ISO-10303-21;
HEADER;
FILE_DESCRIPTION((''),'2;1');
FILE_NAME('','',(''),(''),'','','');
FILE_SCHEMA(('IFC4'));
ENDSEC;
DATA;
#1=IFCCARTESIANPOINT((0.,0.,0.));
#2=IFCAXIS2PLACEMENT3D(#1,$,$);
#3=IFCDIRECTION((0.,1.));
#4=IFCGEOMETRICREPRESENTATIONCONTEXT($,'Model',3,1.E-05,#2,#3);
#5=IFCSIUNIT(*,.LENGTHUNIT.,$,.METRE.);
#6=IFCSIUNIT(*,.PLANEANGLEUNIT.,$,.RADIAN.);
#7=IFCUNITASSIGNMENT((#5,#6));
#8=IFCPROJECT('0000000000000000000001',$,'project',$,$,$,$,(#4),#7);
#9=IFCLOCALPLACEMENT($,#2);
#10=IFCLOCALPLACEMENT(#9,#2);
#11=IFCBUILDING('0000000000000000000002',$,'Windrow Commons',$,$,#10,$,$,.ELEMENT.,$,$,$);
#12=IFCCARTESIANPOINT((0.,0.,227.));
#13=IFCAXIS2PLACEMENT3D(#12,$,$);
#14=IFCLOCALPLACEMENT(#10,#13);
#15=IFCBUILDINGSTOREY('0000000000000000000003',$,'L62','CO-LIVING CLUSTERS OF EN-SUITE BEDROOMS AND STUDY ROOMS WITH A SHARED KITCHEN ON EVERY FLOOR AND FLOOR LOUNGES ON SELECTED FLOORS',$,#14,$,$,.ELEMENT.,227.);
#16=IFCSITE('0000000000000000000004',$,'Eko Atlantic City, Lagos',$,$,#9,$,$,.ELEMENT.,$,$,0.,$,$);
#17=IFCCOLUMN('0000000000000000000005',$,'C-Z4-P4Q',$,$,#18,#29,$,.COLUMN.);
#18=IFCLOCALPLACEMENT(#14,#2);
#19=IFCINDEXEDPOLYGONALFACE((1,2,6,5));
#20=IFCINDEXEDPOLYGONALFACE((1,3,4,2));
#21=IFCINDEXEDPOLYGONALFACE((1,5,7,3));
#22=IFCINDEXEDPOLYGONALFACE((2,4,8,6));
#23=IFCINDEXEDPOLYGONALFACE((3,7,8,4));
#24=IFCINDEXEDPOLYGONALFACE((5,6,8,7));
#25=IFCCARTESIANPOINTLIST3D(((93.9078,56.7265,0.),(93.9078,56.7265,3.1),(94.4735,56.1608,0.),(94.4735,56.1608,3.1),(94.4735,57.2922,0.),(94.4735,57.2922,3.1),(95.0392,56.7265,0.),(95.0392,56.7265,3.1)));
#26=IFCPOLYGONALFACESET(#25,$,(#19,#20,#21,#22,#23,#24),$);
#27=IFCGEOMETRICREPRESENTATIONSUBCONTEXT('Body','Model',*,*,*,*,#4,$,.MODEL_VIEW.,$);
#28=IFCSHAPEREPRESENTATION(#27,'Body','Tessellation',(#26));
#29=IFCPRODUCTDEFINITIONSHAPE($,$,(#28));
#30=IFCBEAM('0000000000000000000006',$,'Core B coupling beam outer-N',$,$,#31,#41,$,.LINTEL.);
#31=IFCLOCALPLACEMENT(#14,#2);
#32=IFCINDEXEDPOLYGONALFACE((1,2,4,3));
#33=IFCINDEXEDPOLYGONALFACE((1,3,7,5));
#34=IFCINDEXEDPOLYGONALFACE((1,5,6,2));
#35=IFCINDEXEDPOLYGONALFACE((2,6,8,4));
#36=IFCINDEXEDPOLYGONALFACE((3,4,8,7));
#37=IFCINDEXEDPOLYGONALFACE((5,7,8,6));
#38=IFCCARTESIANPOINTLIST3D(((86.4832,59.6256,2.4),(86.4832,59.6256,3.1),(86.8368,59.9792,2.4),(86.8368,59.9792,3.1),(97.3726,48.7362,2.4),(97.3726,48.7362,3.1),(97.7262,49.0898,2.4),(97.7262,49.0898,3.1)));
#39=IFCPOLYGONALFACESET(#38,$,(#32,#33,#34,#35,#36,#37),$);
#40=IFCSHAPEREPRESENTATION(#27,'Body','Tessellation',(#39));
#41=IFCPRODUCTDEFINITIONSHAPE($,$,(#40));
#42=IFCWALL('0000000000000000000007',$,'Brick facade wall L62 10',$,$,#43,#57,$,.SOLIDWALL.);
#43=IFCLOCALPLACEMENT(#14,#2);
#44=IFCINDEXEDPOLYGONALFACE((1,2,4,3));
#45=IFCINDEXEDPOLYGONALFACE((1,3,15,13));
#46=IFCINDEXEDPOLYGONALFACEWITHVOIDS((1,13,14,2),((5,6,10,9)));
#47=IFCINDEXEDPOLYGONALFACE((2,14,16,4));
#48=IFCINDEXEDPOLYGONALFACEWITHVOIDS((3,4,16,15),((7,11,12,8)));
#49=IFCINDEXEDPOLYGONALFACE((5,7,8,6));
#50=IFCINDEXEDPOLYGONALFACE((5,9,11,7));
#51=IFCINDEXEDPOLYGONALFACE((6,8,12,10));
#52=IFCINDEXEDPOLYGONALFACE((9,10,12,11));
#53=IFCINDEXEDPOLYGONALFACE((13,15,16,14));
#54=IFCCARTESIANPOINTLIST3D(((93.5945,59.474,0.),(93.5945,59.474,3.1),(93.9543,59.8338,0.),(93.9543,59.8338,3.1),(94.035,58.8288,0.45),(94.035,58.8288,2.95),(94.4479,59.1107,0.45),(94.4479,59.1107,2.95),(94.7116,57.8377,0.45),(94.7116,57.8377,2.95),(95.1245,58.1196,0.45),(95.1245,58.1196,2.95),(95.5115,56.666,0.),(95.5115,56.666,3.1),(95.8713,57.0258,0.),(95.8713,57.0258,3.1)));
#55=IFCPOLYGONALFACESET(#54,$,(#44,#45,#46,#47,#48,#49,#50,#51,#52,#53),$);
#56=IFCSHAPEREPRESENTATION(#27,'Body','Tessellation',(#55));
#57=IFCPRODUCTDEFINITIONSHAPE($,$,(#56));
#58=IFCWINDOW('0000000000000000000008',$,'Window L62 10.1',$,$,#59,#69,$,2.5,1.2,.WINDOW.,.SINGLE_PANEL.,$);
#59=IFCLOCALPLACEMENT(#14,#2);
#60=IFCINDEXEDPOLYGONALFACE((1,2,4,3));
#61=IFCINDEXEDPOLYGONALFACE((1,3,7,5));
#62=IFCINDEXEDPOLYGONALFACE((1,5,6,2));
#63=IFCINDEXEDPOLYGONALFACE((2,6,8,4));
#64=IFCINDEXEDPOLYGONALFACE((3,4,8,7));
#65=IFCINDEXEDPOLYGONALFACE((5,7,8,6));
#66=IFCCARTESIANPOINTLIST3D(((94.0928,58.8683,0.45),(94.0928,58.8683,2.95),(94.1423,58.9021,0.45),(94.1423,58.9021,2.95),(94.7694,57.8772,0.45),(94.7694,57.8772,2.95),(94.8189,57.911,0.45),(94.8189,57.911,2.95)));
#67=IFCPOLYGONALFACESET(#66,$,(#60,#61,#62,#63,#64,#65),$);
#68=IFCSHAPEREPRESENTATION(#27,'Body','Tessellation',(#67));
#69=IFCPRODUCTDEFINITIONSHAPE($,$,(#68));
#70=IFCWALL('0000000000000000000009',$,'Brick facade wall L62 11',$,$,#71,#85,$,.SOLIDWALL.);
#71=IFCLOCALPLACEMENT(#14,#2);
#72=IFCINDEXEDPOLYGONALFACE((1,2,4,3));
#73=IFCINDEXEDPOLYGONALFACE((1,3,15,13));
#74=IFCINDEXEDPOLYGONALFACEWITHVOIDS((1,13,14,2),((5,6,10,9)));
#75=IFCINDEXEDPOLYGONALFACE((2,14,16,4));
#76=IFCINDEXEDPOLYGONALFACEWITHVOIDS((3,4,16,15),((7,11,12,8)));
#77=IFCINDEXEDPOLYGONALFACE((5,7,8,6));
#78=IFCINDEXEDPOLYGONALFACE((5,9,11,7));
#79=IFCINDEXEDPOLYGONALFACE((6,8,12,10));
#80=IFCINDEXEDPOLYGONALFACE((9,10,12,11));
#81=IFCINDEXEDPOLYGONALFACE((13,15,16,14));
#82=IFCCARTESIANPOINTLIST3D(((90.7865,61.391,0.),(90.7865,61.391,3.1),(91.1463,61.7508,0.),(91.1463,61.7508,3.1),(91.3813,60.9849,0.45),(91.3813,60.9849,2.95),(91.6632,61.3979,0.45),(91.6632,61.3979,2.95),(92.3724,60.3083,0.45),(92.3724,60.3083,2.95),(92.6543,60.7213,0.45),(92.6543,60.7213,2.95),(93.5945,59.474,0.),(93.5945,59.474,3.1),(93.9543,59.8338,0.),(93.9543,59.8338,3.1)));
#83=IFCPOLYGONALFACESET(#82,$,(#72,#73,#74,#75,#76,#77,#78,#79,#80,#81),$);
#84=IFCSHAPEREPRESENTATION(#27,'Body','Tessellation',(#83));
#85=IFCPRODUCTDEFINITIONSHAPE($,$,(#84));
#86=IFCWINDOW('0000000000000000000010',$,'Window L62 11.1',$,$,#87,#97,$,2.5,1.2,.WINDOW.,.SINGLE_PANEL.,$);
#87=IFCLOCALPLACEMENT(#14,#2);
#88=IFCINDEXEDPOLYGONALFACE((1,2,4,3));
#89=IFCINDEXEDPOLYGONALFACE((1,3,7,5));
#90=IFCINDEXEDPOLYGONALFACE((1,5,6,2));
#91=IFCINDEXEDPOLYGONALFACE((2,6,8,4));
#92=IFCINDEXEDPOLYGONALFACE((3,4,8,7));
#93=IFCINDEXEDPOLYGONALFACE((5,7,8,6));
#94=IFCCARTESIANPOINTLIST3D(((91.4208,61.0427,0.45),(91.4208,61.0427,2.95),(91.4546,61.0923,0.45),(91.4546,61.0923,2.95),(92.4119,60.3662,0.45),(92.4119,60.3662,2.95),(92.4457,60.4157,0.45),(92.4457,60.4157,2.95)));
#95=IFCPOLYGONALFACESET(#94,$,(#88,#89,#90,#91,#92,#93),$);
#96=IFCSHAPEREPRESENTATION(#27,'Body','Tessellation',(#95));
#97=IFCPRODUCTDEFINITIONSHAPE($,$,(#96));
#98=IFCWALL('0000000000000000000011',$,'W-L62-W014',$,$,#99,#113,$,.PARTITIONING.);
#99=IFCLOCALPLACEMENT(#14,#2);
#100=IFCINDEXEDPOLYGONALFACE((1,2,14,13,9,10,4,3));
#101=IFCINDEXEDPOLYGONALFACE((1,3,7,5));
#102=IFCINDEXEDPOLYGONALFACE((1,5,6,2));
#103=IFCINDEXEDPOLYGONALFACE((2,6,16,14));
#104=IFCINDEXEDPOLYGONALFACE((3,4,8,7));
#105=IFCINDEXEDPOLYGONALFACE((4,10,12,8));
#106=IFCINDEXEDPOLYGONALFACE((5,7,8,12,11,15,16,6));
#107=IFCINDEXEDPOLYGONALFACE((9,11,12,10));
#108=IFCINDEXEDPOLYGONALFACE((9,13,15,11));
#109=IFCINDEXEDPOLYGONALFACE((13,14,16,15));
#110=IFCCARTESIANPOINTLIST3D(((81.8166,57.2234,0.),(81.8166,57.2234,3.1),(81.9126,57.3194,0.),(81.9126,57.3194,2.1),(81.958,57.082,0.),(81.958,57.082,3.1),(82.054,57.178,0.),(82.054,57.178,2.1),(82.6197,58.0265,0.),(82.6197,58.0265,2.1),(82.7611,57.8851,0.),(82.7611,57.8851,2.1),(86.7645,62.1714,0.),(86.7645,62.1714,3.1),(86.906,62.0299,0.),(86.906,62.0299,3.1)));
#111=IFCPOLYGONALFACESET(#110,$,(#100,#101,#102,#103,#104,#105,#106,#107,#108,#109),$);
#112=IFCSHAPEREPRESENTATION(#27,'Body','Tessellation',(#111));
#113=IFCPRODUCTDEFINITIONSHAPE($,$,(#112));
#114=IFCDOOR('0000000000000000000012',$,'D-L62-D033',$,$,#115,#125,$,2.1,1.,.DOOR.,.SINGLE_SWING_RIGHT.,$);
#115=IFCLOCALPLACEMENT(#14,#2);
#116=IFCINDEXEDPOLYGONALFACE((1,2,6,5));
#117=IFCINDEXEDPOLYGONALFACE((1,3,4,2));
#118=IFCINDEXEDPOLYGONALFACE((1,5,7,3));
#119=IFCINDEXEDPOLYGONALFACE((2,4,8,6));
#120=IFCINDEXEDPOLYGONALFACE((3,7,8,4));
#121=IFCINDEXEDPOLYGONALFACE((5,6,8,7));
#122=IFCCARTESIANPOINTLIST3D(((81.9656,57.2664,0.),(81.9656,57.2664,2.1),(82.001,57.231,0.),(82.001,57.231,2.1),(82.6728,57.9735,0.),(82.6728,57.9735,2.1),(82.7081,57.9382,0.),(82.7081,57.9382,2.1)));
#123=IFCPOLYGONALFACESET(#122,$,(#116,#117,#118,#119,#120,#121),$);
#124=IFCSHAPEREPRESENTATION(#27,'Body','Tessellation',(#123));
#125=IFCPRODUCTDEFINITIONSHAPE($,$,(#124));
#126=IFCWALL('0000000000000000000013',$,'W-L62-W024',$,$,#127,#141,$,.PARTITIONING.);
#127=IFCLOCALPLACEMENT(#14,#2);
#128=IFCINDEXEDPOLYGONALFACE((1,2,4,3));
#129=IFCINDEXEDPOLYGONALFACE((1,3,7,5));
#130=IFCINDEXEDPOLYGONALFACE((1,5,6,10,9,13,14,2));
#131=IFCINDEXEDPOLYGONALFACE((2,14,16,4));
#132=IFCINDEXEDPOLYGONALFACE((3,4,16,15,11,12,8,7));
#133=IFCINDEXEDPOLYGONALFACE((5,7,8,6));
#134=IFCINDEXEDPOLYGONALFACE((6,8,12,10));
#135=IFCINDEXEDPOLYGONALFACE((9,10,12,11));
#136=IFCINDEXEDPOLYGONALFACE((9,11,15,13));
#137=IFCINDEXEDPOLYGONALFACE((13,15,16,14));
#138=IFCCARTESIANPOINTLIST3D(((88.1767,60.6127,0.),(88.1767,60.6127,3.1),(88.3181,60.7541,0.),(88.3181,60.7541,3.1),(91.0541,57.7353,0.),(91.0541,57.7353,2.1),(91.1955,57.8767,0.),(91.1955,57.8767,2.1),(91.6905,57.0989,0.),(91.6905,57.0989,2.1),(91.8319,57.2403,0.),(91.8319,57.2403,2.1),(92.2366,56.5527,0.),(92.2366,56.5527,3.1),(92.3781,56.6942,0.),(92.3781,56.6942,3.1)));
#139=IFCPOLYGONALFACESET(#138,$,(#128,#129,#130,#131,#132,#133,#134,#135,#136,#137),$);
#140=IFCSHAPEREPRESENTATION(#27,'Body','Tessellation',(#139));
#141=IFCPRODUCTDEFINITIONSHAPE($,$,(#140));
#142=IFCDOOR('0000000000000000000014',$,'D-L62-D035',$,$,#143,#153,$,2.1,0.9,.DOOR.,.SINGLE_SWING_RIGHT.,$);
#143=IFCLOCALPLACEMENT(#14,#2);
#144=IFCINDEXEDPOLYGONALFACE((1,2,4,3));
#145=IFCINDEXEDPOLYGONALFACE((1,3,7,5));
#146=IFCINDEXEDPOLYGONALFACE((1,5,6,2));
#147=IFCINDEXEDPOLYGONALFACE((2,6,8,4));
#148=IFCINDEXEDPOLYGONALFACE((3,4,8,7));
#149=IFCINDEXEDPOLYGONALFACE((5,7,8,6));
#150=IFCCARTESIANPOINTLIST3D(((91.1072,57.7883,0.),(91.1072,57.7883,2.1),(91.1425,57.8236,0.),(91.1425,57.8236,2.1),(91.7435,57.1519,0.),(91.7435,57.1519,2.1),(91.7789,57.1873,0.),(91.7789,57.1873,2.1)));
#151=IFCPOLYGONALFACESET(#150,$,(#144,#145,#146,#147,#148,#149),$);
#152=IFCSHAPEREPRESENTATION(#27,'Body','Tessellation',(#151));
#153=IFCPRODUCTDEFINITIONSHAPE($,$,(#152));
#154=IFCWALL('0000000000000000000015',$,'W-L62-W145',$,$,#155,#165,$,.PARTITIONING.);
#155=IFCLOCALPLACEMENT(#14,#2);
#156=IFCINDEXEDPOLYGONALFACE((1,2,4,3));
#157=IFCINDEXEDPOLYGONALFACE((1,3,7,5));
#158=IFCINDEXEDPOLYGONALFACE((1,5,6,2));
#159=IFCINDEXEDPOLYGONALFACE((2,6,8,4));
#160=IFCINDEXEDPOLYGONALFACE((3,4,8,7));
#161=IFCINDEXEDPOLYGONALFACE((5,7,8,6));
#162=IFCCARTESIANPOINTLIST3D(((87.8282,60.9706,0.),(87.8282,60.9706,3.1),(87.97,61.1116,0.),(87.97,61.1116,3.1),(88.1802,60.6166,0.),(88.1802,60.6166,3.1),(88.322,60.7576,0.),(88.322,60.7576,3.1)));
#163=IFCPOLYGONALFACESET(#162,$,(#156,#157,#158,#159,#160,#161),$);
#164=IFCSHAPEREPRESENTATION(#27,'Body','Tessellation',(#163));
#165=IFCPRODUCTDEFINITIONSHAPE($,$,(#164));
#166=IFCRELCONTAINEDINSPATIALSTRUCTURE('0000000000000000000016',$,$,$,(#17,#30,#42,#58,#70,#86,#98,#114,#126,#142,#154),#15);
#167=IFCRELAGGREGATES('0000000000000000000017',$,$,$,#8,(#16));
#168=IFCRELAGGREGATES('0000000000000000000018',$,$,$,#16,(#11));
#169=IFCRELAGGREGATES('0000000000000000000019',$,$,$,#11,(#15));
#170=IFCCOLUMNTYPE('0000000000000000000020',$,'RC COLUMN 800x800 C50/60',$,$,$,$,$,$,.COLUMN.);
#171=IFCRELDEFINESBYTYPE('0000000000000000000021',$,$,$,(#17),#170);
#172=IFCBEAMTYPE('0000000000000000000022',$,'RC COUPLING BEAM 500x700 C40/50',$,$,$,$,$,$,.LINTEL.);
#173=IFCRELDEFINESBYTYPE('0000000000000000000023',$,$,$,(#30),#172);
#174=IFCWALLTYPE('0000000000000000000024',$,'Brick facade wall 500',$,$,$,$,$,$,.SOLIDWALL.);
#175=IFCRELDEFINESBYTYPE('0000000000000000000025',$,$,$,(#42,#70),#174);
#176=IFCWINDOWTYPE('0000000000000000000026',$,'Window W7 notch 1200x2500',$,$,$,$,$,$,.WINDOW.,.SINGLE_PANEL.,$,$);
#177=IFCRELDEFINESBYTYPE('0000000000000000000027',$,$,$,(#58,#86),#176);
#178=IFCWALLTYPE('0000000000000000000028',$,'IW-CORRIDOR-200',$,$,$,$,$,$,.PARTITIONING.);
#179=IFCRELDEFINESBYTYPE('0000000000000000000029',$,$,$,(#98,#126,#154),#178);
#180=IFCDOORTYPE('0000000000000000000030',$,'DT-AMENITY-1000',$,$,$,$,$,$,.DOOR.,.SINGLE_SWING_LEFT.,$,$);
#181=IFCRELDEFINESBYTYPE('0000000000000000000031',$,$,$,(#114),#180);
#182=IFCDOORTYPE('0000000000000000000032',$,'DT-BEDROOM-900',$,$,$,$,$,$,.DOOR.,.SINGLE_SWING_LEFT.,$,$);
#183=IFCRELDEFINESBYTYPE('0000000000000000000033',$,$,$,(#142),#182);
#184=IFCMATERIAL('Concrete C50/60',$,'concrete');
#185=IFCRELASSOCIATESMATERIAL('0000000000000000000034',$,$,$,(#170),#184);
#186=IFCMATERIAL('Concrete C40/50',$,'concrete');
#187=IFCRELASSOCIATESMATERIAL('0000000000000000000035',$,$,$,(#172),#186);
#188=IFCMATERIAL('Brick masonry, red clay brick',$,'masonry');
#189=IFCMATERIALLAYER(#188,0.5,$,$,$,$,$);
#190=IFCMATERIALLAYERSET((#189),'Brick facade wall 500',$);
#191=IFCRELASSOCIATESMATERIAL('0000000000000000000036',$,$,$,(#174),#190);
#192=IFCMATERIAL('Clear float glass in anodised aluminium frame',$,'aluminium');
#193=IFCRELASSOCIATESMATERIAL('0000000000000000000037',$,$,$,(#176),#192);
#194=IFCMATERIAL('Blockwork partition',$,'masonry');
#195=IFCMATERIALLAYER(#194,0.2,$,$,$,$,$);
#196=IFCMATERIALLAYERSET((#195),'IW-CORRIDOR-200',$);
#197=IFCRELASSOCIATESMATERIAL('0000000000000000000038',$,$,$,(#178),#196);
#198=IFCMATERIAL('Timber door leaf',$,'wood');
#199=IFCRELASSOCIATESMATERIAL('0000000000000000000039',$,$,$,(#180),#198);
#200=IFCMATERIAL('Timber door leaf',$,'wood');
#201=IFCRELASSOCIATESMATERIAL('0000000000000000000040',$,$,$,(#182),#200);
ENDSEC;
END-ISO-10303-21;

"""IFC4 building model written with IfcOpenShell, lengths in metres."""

from ifc_helpers import new_model, si_unit, direction, frame, frame_2d, origin, origin_2d, place, context, subcontext, project, spatial, polyline, rectangle, outline, extrude, material, layer, layer_set, material_profile, profile_set, type_object, element, fill, save


model = new_model("IFC4")

# Units and contexts
model_context = context("Model", 3, precision=1e-05, world=origin(), true_north=direction((0.0, 1.0)))
body_context = subcontext(model_context, "Body", "Model", "MODEL_VIEW")
ifc_project = project(units=[si_unit("LENGTHUNIT", "METRE"), si_unit("PLANEANGLEUNIT", "RADIAN")], contexts=[model_context])

# Site, building, storey
site_placement = place(None, origin())
site = spatial("IfcSite", under=ifc_project, at=site_placement, Name="Eko Atlantic City, Lagos", CompositionType="ELEMENT", RefElevation=0.0)
building_placement = place(site_placement, origin())
building = spatial("IfcBuilding", under=site, at=building_placement, Name="Windrow Commons", CompositionType="ELEMENT")
storey_placement = place(building_placement, frame((0.0, 0.0, 227.0)))
storey = spatial("IfcBuildingStorey", under=building, at=storey_placement, Name="L62", Description="CO-LIVING CLUSTERS OF EN-SUITE BEDROOMS AND STUDY ROOMS WITH A SHARED KITCHEN ON EVERY FLOOR AND FLOOR LOUNGES ON SELECTED FLOORS", CompositionType="ELEMENT", Elevation=227.0)

# Column
ifc_material_1 = material(Name="Concrete C50/60", Category="concrete")
ifc_material_profile_1 = material_profile(ifc_material_1, rectangle(XDim=0.8, YDim=0.8, at=origin_2d()))
ifc_profile_set_1 = profile_set([ifc_material_profile_1], Name="Concrete C50/60")
column_type = type_object("IfcColumnType", Name="RC COLUMN 800x800 C50/60", PredefinedType="COLUMN", material=ifc_profile_set_1)
column_placement = place(storey_placement, frame((94.4735, 56.7265, 0.0), z_axis=(0.0, 0.0, 1.0), x_axis=(0.707107, -0.707107, 0.0)))
element("IfcColumn", 1, at=column_placement, inside=storey, type_object=column_type, Name="C-Z4-P4Q", PredefinedType="COLUMN", context=body_context, shape_type="SweptSolid", body=[
    extrude(rectangle(XDim=0.8, YDim=0.8, at=origin_2d()), origin(), (0.0, 0.0, 1.0), 3.1),
])

# Beam
ifc_material_2 = material(Name="Concrete C40/50", Category="concrete")
ifc_material_profile_2 = material_profile(ifc_material_2, rectangle(XDim=0.5, YDim=0.7, at=origin_2d()))
ifc_profile_set_2 = profile_set([ifc_material_profile_2], Name="Concrete C40/50")
beam_type = type_object("IfcBeamType", Name="RC COUPLING BEAM 500x700 C40/50", PredefinedType="LINTEL", material=ifc_profile_set_2)
beam_placement = place(storey_placement, frame((86.66, 59.8024, 2.75), z_axis=(0.707107, -0.707107, 0.0), x_axis=(0.707107, 0.707107, 0.0)))
element("IfcBeam", 2, at=beam_placement, inside=storey, type_object=beam_type, Name="Core B coupling beam outer-N", PredefinedType="LINTEL", context=body_context, shape_type="SweptSolid", body=[
    extrude(rectangle(XDim=0.5, YDim=0.7, at=origin_2d()), origin(), (0.0, 0.0, 1.0), 15.3999),
])

# Walls, openings, windows
ifc_material_3 = material(Name="Brick masonry, red clay brick", Category="masonry")
ifc_layer_1 = layer(ifc_material_3, 0.5)
ifc_layer_set_1 = layer_set([ifc_layer_1], Name="Brick facade wall 500")
wall_type_1 = type_object("IfcWallType", Name="Brick facade wall 500", PredefinedType="SOLIDWALL", material=ifc_layer_set_1)
wall_1_placement = place(storey_placement, frame((95.6914, 56.8459, 0.0), z_axis=(0.0, 0.0, 1.0), x_axis=(-0.56383, 0.825891, 0.0)))
wall_1 = element("IfcWall", 3, at=wall_1_placement, inside=storey, type_object=wall_type_1, Name="Brick facade wall L62 10", PredefinedType="SOLIDWALL", context=body_context, shape_type="SweptSolid", body=[
    extrude(outline(polyline([(0.0471, -0.25), (3.4471, -0.25), (3.3528, 0.25), (-0.0471, 0.25), (0.0471, -0.25)])), origin(), (0.0, 0.0, 1.0), 3.1),
])
opening_1_placement = place(wall_1_placement, frame((1.3716, 0.0, 0.45)))
opening_1 = element("IfcOpeningElement", 4, at=opening_1_placement, cuts=wall_1, PredefinedType="OPENING", context=body_context, shape_type="SweptSolid", body=[
    extrude(rectangle(XDim=1.2, YDim=2.5, at=frame_2d((0.6, 1.25))), frame((0.0, 0.26, 0.0), z_axis=(0.0, -1.0, 0.0), x_axis=(1.0, 0.0, 0.0)), (0.0, 0.0, 1.0), 0.52),
])
ifc_material_4 = material(Name="Clear float glass in anodised aluminium frame", Category="aluminium")
window_type = type_object("IfcWindowType", Name="Window W7 notch 1200x2500", PartitioningType="SINGLE_PANEL", PredefinedType="WINDOW", material=ifc_material_4)
window_1_placement = place(opening_1_placement, origin())
window_1 = element("IfcWindow", 5, at=window_1_placement, inside=storey, type_object=window_type, Name="Window L62 10.1", OverallHeight=2.5, OverallWidth=1.2, PartitioningType="SINGLE_PANEL", PredefinedType="WINDOW", context=body_context, shape_type="SweptSolid", body=[
    extrude(rectangle(XDim=1.2, YDim=2.5, at=frame_2d((0.6, 1.25))), frame((0.0, 0.18, 0.0), z_axis=(0.0, -1.0, 0.0), x_axis=(1.0, 0.0, 0.0)), (0.0, 0.0, 1.0), 0.06),
])
fill(opening_1, window_1)
wall_2_placement = place(storey_placement, frame((93.7744, 59.6539, 0.0), z_axis=(0.0, 0.0, 1.0), x_axis=(-0.825891, 0.56383, 0.0)))
wall_2 = element("IfcWall", 6, at=wall_2_placement, inside=storey, type_object=wall_type_1, Name="Brick facade wall L62 11", PredefinedType="SOLIDWALL", context=body_context, shape_type="SweptSolid", body=[
    extrude(outline(polyline([(-0.0471, -0.25), (3.3528, -0.25), (3.4471, 0.25), (0.0471, 0.25), (-0.0471, -0.25)])), origin(), (0.0, 0.0, 1.0), 3.1),
])
opening_2_placement = place(wall_2_placement, frame((1.5269, 0.0, 0.45)))
opening_2 = element("IfcOpeningElement", 7, at=opening_2_placement, cuts=wall_2, PredefinedType="OPENING", context=body_context, shape_type="SweptSolid", body=[
    extrude(rectangle(XDim=1.2, YDim=2.5, at=frame_2d((0.6, 1.25))), frame((0.0, 0.26, 0.0), z_axis=(0.0, -1.0, 0.0), x_axis=(1.0, 0.0, 0.0)), (0.0, 0.0, 1.0), 0.52),
])
window_2_placement = place(opening_2_placement, origin())
window_2 = element("IfcWindow", 8, at=window_2_placement, inside=storey, type_object=window_type, Name="Window L62 11.1", OverallHeight=2.5, OverallWidth=1.2, PartitioningType="SINGLE_PANEL", PredefinedType="WINDOW", context=body_context, shape_type="SweptSolid", body=[
    extrude(rectangle(XDim=1.2, YDim=2.5, at=frame_2d((0.6, 1.25))), frame((0.0, 0.18, 0.0), z_axis=(0.0, -1.0, 0.0), x_axis=(1.0, 0.0, 0.0)), (0.0, 0.0, 1.0), 0.06),
])
fill(opening_2, window_2)

# Walls, openings, doors
ifc_material_5 = material(Name="Blockwork partition", Category="masonry")
ifc_layer_2 = layer(ifc_material_5, 0.2)
ifc_layer_set_2 = layer_set([ifc_layer_2], Name="IW-CORRIDOR-200")
wall_type_2 = type_object("IfcWallType", Name="IW-CORRIDOR-200", PredefinedType="PARTITIONING", material=ifc_layer_set_2)
wall_3_placement = place(storey_placement, frame((81.8873, 57.1527, 0.0), z_axis=(0.0, 0.0, 1.0), x_axis=(0.707107, 0.707107, 0.0)))
wall_3 = element("IfcWall", 9, at=wall_3_placement, inside=storey, type_object=wall_type_2, Name="W-L62-W014", PredefinedType="PARTITIONING", context=body_context, shape_type="SweptSolid", body=[
    extrude(rectangle(XDim=6.9975, YDim=0.2, at=frame_2d((3.4987, 0.0))), origin(), (0.0, 0.0, 1.0), 3.1),
])
opening_3_placement = place(wall_3_placement, frame((0.1358, 0.0, 0.0)))
opening_3 = element("IfcOpeningElement", 10, at=opening_3_placement, cuts=wall_3, PredefinedType="OPENING", context=body_context, shape_type="SweptSolid", body=[
    extrude(rectangle(XDim=1.0, YDim=2.1, at=frame_2d((0.5, 1.05))), frame((0.0, 0.11, 0.0), z_axis=(0.0, -1.0, 0.0), x_axis=(1.0, 0.0, 0.0)), (0.0, 0.0, 1.0), 0.22),
])
ifc_material_6 = material(Name="Timber door leaf", Category="wood")
door_type_1 = type_object("IfcDoorType", Name="DT-AMENITY-1000", OperationType="SINGLE_SWING_LEFT", PredefinedType="DOOR", material=ifc_material_6)
door_1_placement = place(opening_3_placement, origin())
door_1 = element("IfcDoor", 11, at=door_1_placement, inside=storey, type_object=door_type_1, Name="D-L62-D033", OperationType="SINGLE_SWING_RIGHT", OverallHeight=2.1, OverallWidth=1.0, PredefinedType="DOOR", context=body_context, shape_type="SweptSolid", body=[
    extrude(rectangle(XDim=1.0, YDim=2.1, at=frame_2d((0.5, 1.05))), frame((0.0, 0.025, 0.0), z_axis=(0.0, -1.0, 0.0), x_axis=(1.0, 0.0, 0.0)), (0.0, 0.0, 1.0), 0.05),
])
fill(opening_3, door_1)
wall_4_placement = place(storey_placement, frame((88.2474, 60.6834, 0.0), z_axis=(0.0, 0.0, 1.0), x_axis=(0.707107, -0.707107, 0.0)))
wall_4 = element("IfcWall", 12, at=wall_4_placement, inside=storey, type_object=wall_type_2, Name="W-L62-W024", PredefinedType="PARTITIONING", context=body_context, shape_type="SweptSolid", body=[
    extrude(rectangle(XDim=5.7417, YDim=0.2, at=frame_2d((2.8708, 0.0))), origin(), (0.0, 0.0, 1.0), 3.1),
])
opening_4_placement = place(wall_4_placement, frame((4.0693, 0.0, 0.0)))
opening_4 = element("IfcOpeningElement", 13, at=opening_4_placement, cuts=wall_4, PredefinedType="OPENING", context=body_context, shape_type="SweptSolid", body=[
    extrude(rectangle(XDim=0.9, YDim=2.1, at=frame_2d((0.45, 1.05))), frame((0.0, 0.11, 0.0), z_axis=(0.0, -1.0, 0.0), x_axis=(1.0, 0.0, 0.0)), (0.0, 0.0, 1.0), 0.22),
])
ifc_material_7 = material(Name="Timber door leaf", Category="wood")
door_type_2 = type_object("IfcDoorType", Name="DT-BEDROOM-900", OperationType="SINGLE_SWING_LEFT", PredefinedType="DOOR", material=ifc_material_7)
door_2_placement = place(opening_4_placement, origin())
door_2 = element("IfcDoor", 14, at=door_2_placement, inside=storey, type_object=door_type_2, Name="D-L62-D035", OperationType="SINGLE_SWING_RIGHT", OverallHeight=2.1, OverallWidth=0.9, PredefinedType="DOOR", context=body_context, shape_type="SweptSolid", body=[
    extrude(rectangle(XDim=0.9, YDim=2.1, at=frame_2d((0.45, 1.05))), frame((0.0, 0.025, 0.0), z_axis=(0.0, -1.0, 0.0), x_axis=(1.0, 0.0, 0.0)), (0.0, 0.0, 1.0), 0.05),
])
fill(opening_4, door_2)

# Wall
wall_5_placement = place(storey_placement, frame((87.8991, 61.0411, 0.0), z_axis=(0.0, 0.0, 1.0), x_axis=(0.705101, -0.709107, 0.0)))
element("IfcWall", 15, at=wall_5_placement, inside=storey, type_object=wall_type_2, Name="W-L62-W145", PredefinedType="PARTITIONING", context=body_context, shape_type="SweptSolid", body=[
    extrude(rectangle(XDim=0.4992, YDim=0.2, at=frame_2d((0.2496, 0.0))), origin(), (0.0, 0.0, 1.0), 3.1),
])

save(model, "model.ifc")
